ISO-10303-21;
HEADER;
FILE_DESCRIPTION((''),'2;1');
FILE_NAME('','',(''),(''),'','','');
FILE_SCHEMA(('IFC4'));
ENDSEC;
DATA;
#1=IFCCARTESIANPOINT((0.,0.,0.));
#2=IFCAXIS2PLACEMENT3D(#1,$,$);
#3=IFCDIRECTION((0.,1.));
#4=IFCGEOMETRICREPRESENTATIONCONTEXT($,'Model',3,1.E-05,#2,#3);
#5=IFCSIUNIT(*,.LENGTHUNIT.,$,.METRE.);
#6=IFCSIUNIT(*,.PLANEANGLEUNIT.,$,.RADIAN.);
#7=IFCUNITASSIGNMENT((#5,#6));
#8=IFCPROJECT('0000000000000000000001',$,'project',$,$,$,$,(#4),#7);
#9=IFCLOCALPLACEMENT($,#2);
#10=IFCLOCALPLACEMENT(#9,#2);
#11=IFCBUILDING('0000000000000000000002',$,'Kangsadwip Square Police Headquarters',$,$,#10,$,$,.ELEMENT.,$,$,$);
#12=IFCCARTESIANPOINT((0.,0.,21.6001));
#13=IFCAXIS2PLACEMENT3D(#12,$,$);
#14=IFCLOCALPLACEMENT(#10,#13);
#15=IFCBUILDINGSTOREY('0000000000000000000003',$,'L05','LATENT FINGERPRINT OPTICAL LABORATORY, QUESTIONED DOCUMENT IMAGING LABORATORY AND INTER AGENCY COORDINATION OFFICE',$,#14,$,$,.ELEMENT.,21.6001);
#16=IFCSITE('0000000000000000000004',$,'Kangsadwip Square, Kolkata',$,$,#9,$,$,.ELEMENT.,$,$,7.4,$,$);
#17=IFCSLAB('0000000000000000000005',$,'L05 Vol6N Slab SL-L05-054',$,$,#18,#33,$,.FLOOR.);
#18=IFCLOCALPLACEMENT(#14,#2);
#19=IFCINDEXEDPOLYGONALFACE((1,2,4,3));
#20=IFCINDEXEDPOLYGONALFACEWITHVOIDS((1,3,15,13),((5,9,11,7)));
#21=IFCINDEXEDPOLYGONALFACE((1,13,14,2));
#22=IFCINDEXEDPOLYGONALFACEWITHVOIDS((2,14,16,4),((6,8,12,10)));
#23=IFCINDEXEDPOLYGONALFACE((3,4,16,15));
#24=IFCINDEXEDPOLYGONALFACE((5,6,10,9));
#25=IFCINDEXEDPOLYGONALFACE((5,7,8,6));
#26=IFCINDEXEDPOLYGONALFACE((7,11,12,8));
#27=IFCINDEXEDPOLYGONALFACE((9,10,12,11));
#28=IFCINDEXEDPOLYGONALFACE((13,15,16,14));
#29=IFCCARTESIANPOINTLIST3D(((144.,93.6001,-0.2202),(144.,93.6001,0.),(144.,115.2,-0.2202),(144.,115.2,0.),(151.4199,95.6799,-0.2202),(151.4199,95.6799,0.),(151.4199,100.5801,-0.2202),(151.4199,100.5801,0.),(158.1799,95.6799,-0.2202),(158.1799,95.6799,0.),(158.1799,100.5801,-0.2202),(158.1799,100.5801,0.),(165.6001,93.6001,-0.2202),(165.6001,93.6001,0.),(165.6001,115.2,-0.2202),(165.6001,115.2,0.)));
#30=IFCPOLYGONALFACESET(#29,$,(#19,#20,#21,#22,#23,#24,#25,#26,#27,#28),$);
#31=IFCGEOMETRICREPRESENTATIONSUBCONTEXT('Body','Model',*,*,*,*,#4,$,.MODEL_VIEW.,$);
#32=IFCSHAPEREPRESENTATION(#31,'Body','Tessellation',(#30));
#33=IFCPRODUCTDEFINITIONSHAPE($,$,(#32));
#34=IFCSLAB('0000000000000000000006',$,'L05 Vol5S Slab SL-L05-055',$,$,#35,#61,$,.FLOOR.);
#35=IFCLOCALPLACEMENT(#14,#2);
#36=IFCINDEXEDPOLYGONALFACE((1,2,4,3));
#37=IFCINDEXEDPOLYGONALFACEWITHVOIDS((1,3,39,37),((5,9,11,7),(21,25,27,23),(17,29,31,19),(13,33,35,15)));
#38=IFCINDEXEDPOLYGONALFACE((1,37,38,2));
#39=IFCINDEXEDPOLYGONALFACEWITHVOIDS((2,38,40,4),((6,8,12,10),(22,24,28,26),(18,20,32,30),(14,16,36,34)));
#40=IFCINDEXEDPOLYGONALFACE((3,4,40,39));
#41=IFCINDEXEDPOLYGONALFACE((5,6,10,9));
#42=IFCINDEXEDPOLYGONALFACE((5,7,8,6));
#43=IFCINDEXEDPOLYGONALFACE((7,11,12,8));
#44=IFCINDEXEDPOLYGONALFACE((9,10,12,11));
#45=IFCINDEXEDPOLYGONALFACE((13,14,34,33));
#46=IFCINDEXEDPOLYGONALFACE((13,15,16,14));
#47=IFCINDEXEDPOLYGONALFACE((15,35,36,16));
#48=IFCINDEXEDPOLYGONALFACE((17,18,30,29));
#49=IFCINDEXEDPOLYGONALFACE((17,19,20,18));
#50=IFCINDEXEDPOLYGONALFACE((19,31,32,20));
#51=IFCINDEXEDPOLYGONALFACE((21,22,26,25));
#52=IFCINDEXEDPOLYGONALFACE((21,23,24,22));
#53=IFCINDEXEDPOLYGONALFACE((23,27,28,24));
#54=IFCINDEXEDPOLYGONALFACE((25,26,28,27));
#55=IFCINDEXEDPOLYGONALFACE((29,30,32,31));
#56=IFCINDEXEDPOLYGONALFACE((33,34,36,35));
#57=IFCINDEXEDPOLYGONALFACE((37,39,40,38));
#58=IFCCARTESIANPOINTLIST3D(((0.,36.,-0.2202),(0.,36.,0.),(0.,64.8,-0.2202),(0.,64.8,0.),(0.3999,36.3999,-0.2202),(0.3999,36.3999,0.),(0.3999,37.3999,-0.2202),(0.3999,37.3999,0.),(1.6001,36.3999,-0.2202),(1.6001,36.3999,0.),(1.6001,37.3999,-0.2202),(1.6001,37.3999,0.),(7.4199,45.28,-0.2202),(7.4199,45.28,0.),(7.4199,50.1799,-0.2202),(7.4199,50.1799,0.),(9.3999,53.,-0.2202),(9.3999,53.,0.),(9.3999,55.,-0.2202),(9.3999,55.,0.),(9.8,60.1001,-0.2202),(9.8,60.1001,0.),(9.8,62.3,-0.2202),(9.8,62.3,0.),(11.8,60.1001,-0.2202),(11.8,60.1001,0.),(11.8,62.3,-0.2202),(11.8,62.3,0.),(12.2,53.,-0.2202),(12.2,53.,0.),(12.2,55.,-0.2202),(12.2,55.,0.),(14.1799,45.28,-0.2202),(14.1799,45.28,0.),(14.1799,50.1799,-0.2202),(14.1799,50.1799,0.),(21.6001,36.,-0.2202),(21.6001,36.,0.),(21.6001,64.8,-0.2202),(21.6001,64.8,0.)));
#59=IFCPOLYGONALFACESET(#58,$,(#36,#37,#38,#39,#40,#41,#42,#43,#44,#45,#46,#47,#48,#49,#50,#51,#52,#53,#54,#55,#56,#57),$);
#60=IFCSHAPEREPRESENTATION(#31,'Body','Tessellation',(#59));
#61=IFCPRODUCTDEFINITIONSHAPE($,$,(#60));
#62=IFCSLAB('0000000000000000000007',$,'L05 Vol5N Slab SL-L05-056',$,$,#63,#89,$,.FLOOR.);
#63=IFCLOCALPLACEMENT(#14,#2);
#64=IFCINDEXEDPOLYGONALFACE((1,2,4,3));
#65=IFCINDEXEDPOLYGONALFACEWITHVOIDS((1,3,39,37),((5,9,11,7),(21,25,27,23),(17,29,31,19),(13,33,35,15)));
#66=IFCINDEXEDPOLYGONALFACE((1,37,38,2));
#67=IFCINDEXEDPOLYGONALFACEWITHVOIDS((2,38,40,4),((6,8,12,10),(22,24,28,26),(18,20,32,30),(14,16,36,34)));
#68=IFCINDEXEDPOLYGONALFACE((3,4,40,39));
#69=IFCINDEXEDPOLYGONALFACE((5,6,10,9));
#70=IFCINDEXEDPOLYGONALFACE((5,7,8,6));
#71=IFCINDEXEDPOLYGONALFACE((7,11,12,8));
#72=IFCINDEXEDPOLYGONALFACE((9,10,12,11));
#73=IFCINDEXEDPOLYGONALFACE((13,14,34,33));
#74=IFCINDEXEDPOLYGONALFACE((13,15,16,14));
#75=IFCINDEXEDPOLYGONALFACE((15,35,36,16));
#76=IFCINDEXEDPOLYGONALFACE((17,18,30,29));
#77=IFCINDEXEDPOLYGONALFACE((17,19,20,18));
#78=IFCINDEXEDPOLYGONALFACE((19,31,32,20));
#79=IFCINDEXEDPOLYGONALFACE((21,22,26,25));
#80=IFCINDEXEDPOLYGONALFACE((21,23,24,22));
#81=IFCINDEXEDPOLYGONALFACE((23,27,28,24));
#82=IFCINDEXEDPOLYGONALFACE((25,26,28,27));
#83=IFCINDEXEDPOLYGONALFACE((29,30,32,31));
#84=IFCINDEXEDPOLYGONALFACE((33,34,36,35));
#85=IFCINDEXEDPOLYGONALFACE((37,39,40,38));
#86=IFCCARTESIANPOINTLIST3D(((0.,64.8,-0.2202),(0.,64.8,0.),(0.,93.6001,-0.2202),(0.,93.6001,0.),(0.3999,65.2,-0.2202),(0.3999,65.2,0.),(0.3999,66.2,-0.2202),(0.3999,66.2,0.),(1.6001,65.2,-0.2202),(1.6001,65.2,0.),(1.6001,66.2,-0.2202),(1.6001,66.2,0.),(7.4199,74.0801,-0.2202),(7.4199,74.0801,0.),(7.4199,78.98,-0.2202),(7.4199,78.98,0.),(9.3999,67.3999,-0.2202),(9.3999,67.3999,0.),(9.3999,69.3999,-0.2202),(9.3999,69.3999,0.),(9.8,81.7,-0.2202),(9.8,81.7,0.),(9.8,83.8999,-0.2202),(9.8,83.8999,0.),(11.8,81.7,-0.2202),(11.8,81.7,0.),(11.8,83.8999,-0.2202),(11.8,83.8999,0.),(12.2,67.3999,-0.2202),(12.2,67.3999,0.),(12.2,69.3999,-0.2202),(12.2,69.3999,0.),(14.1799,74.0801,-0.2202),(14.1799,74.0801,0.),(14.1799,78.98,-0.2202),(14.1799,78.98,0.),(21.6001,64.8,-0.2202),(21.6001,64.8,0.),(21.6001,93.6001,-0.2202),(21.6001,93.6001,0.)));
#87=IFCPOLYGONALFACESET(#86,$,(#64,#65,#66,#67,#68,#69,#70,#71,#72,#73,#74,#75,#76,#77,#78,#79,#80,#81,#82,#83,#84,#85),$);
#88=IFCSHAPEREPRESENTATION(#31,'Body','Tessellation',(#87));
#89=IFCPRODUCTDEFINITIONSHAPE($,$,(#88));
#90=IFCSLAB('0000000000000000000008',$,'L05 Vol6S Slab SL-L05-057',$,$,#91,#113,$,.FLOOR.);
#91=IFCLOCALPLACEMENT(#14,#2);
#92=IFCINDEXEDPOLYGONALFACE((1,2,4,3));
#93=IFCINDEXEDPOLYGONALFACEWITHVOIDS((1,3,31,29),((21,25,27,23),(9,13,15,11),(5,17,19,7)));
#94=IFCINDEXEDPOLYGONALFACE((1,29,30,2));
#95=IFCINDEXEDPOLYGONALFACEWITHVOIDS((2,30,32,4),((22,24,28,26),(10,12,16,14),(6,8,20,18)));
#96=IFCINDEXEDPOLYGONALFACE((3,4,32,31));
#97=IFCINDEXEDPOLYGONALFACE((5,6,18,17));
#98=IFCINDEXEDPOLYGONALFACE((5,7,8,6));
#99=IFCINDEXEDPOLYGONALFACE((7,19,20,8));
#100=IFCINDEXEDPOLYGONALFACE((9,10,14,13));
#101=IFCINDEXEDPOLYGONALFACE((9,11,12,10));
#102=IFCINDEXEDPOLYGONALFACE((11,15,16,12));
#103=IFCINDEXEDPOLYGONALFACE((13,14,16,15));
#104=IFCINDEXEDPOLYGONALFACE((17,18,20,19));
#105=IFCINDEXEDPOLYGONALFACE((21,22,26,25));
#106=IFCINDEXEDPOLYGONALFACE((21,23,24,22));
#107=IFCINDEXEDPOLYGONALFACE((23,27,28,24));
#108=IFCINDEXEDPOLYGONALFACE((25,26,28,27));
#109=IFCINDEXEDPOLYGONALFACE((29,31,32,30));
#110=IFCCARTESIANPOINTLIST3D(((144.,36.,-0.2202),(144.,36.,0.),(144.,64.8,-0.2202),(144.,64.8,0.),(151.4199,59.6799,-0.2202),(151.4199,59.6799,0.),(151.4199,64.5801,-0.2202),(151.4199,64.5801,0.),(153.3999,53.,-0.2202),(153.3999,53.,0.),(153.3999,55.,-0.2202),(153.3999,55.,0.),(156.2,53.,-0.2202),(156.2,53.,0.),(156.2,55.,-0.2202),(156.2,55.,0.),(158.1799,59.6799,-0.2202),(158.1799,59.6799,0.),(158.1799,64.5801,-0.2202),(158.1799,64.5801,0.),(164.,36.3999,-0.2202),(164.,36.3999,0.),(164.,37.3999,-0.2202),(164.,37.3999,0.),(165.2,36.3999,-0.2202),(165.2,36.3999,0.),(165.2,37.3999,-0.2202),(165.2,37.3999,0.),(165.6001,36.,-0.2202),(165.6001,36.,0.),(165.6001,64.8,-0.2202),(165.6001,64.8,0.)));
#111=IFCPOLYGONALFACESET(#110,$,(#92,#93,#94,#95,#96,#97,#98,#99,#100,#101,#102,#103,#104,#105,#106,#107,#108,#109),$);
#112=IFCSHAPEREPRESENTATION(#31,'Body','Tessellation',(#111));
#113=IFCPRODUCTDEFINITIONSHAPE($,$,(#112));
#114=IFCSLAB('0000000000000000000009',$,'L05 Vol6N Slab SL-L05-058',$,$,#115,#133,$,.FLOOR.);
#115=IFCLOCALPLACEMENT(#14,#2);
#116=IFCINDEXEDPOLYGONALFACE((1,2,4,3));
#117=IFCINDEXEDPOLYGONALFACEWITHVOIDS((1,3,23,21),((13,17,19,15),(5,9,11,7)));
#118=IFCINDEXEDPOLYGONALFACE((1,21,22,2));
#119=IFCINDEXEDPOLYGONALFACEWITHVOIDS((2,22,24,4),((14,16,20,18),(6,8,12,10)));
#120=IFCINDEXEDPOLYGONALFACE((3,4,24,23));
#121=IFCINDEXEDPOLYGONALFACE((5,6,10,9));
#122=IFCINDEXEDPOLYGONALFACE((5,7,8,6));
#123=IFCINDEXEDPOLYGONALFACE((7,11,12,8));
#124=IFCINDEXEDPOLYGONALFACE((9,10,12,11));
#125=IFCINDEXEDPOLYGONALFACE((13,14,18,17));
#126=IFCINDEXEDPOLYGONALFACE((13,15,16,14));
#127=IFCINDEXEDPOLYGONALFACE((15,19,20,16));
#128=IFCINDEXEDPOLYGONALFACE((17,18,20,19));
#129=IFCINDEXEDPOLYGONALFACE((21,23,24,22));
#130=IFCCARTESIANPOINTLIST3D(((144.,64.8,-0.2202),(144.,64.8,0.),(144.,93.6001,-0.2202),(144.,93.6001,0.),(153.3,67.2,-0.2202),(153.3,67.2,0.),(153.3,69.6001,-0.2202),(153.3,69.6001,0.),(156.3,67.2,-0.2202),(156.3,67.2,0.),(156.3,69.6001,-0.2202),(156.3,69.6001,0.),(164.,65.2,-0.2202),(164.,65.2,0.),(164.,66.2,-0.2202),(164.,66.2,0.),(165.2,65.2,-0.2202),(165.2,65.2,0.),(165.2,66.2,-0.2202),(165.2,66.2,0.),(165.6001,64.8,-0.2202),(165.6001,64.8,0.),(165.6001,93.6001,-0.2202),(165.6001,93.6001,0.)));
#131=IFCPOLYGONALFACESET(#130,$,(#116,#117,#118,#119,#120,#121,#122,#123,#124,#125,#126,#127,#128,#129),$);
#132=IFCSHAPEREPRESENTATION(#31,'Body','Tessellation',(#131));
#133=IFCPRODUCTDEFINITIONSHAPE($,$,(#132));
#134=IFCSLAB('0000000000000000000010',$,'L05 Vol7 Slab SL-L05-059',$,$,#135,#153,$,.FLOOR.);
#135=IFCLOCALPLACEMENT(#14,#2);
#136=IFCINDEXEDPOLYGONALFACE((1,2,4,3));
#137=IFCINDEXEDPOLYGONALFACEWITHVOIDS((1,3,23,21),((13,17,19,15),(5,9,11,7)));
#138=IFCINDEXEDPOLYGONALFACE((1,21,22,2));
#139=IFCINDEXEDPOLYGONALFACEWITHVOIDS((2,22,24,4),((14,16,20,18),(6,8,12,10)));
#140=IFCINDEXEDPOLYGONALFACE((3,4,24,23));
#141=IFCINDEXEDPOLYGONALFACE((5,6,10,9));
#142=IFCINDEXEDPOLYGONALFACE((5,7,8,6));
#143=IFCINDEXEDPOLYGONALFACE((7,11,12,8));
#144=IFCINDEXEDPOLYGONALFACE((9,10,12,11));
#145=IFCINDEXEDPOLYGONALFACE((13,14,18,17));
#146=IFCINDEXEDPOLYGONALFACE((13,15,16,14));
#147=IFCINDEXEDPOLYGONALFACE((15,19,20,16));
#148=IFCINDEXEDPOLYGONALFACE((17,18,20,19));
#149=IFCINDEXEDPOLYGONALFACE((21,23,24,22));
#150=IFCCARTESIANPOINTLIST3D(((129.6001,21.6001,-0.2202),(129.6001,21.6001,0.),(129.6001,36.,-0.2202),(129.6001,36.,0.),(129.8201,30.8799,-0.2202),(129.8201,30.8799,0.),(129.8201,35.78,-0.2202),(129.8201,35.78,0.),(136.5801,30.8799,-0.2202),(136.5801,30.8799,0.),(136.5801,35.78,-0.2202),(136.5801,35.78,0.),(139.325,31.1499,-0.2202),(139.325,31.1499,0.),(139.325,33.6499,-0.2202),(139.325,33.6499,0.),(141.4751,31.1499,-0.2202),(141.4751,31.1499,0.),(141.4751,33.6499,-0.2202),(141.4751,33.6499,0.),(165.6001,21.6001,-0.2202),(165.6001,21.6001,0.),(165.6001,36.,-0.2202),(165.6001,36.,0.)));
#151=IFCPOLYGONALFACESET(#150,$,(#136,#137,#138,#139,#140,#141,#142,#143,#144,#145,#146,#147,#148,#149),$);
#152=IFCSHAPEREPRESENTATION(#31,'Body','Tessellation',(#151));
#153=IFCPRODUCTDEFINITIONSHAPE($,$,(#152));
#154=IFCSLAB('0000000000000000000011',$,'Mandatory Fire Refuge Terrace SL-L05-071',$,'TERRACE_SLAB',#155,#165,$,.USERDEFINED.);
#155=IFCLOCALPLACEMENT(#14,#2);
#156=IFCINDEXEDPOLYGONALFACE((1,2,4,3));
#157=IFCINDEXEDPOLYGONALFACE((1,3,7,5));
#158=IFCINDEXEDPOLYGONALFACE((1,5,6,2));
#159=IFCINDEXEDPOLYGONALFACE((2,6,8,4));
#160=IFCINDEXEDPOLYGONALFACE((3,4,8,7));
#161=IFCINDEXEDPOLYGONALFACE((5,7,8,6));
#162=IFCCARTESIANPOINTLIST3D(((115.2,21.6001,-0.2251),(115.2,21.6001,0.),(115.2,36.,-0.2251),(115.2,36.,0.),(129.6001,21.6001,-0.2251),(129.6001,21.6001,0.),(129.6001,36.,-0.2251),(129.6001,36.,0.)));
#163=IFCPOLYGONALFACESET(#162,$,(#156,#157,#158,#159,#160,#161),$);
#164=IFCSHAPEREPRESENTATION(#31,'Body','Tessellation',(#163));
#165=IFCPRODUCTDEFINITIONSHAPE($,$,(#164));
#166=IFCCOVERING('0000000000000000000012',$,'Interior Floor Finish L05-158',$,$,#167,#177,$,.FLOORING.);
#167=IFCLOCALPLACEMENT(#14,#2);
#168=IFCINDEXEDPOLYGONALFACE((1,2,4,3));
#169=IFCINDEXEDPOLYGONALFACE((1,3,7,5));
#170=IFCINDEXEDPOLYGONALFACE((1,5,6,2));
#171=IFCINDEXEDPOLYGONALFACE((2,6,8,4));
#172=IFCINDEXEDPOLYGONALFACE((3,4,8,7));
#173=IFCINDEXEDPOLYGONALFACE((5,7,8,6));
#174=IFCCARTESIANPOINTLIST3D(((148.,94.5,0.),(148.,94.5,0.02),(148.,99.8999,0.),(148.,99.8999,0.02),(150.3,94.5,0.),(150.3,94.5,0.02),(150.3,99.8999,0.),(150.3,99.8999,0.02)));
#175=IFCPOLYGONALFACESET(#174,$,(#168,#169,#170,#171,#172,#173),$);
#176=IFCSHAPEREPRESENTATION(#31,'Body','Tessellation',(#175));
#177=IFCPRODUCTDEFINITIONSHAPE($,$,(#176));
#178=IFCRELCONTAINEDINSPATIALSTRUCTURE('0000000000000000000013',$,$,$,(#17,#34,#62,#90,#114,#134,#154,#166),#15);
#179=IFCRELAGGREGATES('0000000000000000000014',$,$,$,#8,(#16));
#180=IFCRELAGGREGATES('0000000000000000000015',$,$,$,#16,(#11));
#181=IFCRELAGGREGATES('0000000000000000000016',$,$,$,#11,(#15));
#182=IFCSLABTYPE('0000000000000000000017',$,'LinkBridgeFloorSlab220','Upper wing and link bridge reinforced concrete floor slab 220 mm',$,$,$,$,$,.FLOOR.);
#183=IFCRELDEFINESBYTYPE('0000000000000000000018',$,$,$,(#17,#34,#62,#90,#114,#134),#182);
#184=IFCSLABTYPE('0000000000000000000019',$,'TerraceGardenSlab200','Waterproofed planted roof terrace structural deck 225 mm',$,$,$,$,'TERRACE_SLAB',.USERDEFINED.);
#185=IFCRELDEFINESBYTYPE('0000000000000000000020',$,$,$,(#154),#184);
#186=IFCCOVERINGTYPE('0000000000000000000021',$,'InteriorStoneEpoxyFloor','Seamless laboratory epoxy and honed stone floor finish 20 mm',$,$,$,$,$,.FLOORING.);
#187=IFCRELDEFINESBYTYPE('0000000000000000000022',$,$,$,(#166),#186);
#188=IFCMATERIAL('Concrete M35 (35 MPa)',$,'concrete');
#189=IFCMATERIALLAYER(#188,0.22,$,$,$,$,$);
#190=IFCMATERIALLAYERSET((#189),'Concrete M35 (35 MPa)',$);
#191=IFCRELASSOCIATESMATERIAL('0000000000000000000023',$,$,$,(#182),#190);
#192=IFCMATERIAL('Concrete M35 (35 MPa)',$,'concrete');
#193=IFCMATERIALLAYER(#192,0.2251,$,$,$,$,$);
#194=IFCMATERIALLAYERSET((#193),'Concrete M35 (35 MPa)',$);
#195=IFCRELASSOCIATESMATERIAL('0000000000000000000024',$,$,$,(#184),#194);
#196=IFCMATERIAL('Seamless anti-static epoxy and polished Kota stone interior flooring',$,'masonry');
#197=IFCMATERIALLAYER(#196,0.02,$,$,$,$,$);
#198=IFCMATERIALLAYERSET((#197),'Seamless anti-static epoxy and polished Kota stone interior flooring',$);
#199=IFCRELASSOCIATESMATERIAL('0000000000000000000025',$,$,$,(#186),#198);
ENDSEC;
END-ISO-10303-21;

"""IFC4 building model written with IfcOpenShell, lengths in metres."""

from ifc_helpers import new_model, si_unit, direction, frame, origin, place, context, subcontext, project, spatial, polyline, outline, extrude, material, layer, layer_set, type_object, element, save


model = new_model("IFC4")

# Units and contexts
model_context = context("Model", 3, precision=1e-05, world=origin(), true_north=direction((0.0, 1.0)))
body_context = subcontext(model_context, "Body", "Model", "MODEL_VIEW")
ifc_project = project(units=[si_unit("LENGTHUNIT", "METRE"), si_unit("PLANEANGLEUNIT", "RADIAN")], contexts=[model_context])

# Site, building, storey
site_placement = place(None, origin())
site = spatial("IfcSite", under=ifc_project, at=site_placement, Name="Kangsadwip Square, Kolkata", CompositionType="ELEMENT", RefElevation=7.4)
building_placement = place(site_placement, origin())
building = spatial("IfcBuilding", under=site, at=building_placement, Name="Kangsadwip Square Police Headquarters", CompositionType="ELEMENT")
storey_placement = place(building_placement, frame((0.0, 0.0, 21.6001)))
storey = spatial("IfcBuildingStorey", under=building, at=storey_placement, Name="L05", Description="LATENT FINGERPRINT OPTICAL LABORATORY, QUESTIONED DOCUMENT IMAGING LABORATORY AND INTER AGENCY COORDINATION OFFICE", CompositionType="ELEMENT", Elevation=21.6001)

# Slabs
ifc_material_1 = material(Name="Concrete M35 (35 MPa)", Category="concrete")
ifc_layer_1 = layer(ifc_material_1, 0.22)
ifc_layer_set_1 = layer_set([ifc_layer_1], Name="Concrete M35 (35 MPa)")
slab_type_1 = type_object("IfcSlabType", Name="LinkBridgeFloorSlab220", Description="Upper wing and link bridge reinforced concrete floor slab 220 mm", PredefinedType="FLOOR", material=ifc_layer_set_1)
slab_1_placement = place(storey_placement, frame((0.0, 0.0, -0.2202)))
element("IfcSlab", 1, at=slab_1_placement, inside=storey, type_object=slab_type_1, Name="L05 Vol6N Slab SL-L05-054", PredefinedType="FLOOR", context=body_context, shape_type="SweptSolid", body=[
    extrude(outline(polyline([(144.0, 93.6001), (144.0, 115.2), (165.6001, 115.2), (165.6001, 93.6001), (144.0, 93.6001)]), holes=[polyline([(158.1799, 95.6799), (158.1799, 100.5801), (151.4199, 100.5801), (151.4199, 95.6799), (158.1799, 95.6799)])]), origin(), (0.0, 0.0, 1.0), 0.2202),
])
slab_2_placement = place(storey_placement, frame((0.0, 0.0, -0.2202)))
element("IfcSlab", 2, at=slab_2_placement, inside=storey, type_object=slab_type_1, Name="L05 Vol5S Slab SL-L05-055", PredefinedType="FLOOR", context=body_context, shape_type="SweptSolid", body=[
    extrude(outline(polyline([(0.0, 36.0), (0.0, 64.8), (21.6001, 64.8), (21.6001, 36.0), (0.0, 36.0)]), holes=[polyline([(1.6001, 37.3999), (0.3999, 37.3999), (0.3999, 36.3999), (1.6001, 36.3999), (1.6001, 37.3999)]), polyline([(14.1799, 45.28), (14.1799, 50.1799), (7.4199, 50.1799), (7.4199, 45.28), (14.1799, 45.28)]), polyline([(12.2, 55.0), (9.3999, 55.0), (9.3999, 53.0), (12.2, 53.0), (12.2, 55.0)]), polyline([(11.8, 62.3), (9.8, 62.3), (9.8, 60.1001), (11.8, 60.1001), (11.8, 62.3)])]), origin(), (0.0, 0.0, 1.0), 0.2202),
])
slab_3_placement = place(storey_placement, frame((0.0, 0.0, -0.2202)))
element("IfcSlab", 3, at=slab_3_placement, inside=storey, type_object=slab_type_1, Name="L05 Vol5N Slab SL-L05-056", PredefinedType="FLOOR", context=body_context, shape_type="SweptSolid", body=[
    extrude(outline(polyline([(0.0, 64.8), (0.0, 93.6001), (21.6001, 93.6001), (21.6001, 64.8), (0.0, 64.8)]), holes=[polyline([(1.6001, 66.2), (0.3999, 66.2), (0.3999, 65.2), (1.6001, 65.2), (1.6001, 66.2)]), polyline([(12.2, 69.3999), (9.3999, 69.3999), (9.3999, 67.3999), (12.2, 67.3999), (12.2, 69.3999)]), polyline([(14.1799, 74.0801), (14.1799, 78.98), (7.4199, 78.98), (7.4199, 74.0801), (14.1799, 74.0801)]), polyline([(11.8, 83.8999), (9.8, 83.8999), (9.8, 81.7), (11.8, 81.7), (11.8, 83.8999)])]), origin(), (0.0, 0.0, 1.0), 0.2202),
])
slab_4_placement = place(storey_placement, frame((0.0, 0.0, -0.2202)))
element("IfcSlab", 4, at=slab_4_placement, inside=storey, type_object=slab_type_1, Name="L05 Vol6S Slab SL-L05-057", PredefinedType="FLOOR", context=body_context, shape_type="SweptSolid", body=[
    extrude(outline(polyline([(144.0, 36.0), (144.0, 64.8), (165.6001, 64.8), (165.6001, 36.0), (144.0, 36.0)]), holes=[polyline([(165.2, 37.3999), (164.0, 37.3999), (164.0, 36.3999), (165.2, 36.3999), (165.2, 37.3999)]), polyline([(156.2, 55.0), (153.3999, 55.0), (153.3999, 53.0), (156.2, 53.0), (156.2, 55.0)]), polyline([(158.1799, 59.6799), (158.1799, 64.5801), (151.4199, 64.5801), (151.4199, 59.6799), (158.1799, 59.6799)])]), origin(), (0.0, 0.0, 1.0), 0.2202),
])
slab_5_placement = place(storey_placement, frame((0.0, 0.0, -0.2202)))
element("IfcSlab", 5, at=slab_5_placement, inside=storey, type_object=slab_type_1, Name="L05 Vol6N Slab SL-L05-058", PredefinedType="FLOOR", context=body_context, shape_type="SweptSolid", body=[
    extrude(outline(polyline([(144.0, 64.8), (144.0, 93.6001), (165.6001, 93.6001), (165.6001, 64.8), (144.0, 64.8)]), holes=[polyline([(165.2, 66.2), (164.0, 66.2), (164.0, 65.2), (165.2, 65.2), (165.2, 66.2)]), polyline([(156.3, 69.6001), (153.3, 69.6001), (153.3, 67.2), (156.3, 67.2), (156.3, 69.6001)])]), origin(), (0.0, 0.0, 1.0), 0.2202),
])
slab_6_placement = place(storey_placement, frame((0.0, 0.0, -0.2202)))
element("IfcSlab", 6, at=slab_6_placement, inside=storey, type_object=slab_type_1, Name="L05 Vol7 Slab SL-L05-059", PredefinedType="FLOOR", context=body_context, shape_type="SweptSolid", body=[
    extrude(outline(polyline([(129.6001, 21.6001), (129.6001, 36.0), (165.6001, 36.0), (165.6001, 21.6001), (129.6001, 21.6001)]), holes=[polyline([(141.4751, 33.6499), (139.325, 33.6499), (139.325, 31.1499), (141.4751, 31.1499), (141.4751, 33.6499)]), polyline([(136.5801, 30.8799), (136.5801, 35.78), (129.8201, 35.78), (129.8201, 30.8799), (136.5801, 30.8799)])]), origin(), (0.0, 0.0, 1.0), 0.2202),
])
ifc_material_2 = material(Name="Concrete M35 (35 MPa)", Category="concrete")
ifc_layer_2 = layer(ifc_material_2, 0.2251)
ifc_layer_set_2 = layer_set([ifc_layer_2], Name="Concrete M35 (35 MPa)")
slab_type_2 = type_object("IfcSlabType", Name="TerraceGardenSlab200", Description="Waterproofed planted roof terrace structural deck 225 mm", ElementType="TERRACE_SLAB", PredefinedType="USERDEFINED", material=ifc_layer_set_2)
slab_7_placement = place(storey_placement, frame((0.0, 0.0, -0.2251)))
element("IfcSlab", 7, at=slab_7_placement, inside=storey, type_object=slab_type_2, Name="Mandatory Fire Refuge Terrace SL-L05-071", ObjectType="TERRACE_SLAB", PredefinedType="USERDEFINED", context=body_context, shape_type="SweptSolid", body=[
    extrude(outline(polyline([(115.2, 21.6001), (115.2, 36.0), (129.6001, 36.0), (129.6001, 21.6001), (115.2, 21.6001)])), origin(), (0.0, 0.0, 1.0), 0.2251),
])

# Covering
ifc_material_3 = material(Name="Seamless anti-static epoxy and polished Kota stone interior flooring", Category="masonry")
ifc_layer_3 = layer(ifc_material_3, 0.02)
ifc_layer_set_3 = layer_set([ifc_layer_3], Name="Seamless anti-static epoxy and polished Kota stone interior flooring")
covering_type_1 = type_object("IfcCoveringType", Name="InteriorStoneEpoxyFloor", Description="Seamless laboratory epoxy and honed stone floor finish 20 mm", PredefinedType="FLOORING", material=ifc_layer_set_3)
covering_1_placement = place(storey_placement, origin())
element("IfcCovering", 8, at=covering_1_placement, inside=storey, type_object=covering_type_1, Name="Interior Floor Finish L05-158", PredefinedType="FLOORING", context=body_context, shape_type="SweptSolid", body=[
    extrude(outline(polyline([(148.0, 94.5), (150.3, 94.5), (150.3, 99.8999), (148.0, 99.8999), (148.0, 94.5)])), origin(), (0.0, 0.0, 1.0), 0.02),
])

save(model, "model.ifc")
